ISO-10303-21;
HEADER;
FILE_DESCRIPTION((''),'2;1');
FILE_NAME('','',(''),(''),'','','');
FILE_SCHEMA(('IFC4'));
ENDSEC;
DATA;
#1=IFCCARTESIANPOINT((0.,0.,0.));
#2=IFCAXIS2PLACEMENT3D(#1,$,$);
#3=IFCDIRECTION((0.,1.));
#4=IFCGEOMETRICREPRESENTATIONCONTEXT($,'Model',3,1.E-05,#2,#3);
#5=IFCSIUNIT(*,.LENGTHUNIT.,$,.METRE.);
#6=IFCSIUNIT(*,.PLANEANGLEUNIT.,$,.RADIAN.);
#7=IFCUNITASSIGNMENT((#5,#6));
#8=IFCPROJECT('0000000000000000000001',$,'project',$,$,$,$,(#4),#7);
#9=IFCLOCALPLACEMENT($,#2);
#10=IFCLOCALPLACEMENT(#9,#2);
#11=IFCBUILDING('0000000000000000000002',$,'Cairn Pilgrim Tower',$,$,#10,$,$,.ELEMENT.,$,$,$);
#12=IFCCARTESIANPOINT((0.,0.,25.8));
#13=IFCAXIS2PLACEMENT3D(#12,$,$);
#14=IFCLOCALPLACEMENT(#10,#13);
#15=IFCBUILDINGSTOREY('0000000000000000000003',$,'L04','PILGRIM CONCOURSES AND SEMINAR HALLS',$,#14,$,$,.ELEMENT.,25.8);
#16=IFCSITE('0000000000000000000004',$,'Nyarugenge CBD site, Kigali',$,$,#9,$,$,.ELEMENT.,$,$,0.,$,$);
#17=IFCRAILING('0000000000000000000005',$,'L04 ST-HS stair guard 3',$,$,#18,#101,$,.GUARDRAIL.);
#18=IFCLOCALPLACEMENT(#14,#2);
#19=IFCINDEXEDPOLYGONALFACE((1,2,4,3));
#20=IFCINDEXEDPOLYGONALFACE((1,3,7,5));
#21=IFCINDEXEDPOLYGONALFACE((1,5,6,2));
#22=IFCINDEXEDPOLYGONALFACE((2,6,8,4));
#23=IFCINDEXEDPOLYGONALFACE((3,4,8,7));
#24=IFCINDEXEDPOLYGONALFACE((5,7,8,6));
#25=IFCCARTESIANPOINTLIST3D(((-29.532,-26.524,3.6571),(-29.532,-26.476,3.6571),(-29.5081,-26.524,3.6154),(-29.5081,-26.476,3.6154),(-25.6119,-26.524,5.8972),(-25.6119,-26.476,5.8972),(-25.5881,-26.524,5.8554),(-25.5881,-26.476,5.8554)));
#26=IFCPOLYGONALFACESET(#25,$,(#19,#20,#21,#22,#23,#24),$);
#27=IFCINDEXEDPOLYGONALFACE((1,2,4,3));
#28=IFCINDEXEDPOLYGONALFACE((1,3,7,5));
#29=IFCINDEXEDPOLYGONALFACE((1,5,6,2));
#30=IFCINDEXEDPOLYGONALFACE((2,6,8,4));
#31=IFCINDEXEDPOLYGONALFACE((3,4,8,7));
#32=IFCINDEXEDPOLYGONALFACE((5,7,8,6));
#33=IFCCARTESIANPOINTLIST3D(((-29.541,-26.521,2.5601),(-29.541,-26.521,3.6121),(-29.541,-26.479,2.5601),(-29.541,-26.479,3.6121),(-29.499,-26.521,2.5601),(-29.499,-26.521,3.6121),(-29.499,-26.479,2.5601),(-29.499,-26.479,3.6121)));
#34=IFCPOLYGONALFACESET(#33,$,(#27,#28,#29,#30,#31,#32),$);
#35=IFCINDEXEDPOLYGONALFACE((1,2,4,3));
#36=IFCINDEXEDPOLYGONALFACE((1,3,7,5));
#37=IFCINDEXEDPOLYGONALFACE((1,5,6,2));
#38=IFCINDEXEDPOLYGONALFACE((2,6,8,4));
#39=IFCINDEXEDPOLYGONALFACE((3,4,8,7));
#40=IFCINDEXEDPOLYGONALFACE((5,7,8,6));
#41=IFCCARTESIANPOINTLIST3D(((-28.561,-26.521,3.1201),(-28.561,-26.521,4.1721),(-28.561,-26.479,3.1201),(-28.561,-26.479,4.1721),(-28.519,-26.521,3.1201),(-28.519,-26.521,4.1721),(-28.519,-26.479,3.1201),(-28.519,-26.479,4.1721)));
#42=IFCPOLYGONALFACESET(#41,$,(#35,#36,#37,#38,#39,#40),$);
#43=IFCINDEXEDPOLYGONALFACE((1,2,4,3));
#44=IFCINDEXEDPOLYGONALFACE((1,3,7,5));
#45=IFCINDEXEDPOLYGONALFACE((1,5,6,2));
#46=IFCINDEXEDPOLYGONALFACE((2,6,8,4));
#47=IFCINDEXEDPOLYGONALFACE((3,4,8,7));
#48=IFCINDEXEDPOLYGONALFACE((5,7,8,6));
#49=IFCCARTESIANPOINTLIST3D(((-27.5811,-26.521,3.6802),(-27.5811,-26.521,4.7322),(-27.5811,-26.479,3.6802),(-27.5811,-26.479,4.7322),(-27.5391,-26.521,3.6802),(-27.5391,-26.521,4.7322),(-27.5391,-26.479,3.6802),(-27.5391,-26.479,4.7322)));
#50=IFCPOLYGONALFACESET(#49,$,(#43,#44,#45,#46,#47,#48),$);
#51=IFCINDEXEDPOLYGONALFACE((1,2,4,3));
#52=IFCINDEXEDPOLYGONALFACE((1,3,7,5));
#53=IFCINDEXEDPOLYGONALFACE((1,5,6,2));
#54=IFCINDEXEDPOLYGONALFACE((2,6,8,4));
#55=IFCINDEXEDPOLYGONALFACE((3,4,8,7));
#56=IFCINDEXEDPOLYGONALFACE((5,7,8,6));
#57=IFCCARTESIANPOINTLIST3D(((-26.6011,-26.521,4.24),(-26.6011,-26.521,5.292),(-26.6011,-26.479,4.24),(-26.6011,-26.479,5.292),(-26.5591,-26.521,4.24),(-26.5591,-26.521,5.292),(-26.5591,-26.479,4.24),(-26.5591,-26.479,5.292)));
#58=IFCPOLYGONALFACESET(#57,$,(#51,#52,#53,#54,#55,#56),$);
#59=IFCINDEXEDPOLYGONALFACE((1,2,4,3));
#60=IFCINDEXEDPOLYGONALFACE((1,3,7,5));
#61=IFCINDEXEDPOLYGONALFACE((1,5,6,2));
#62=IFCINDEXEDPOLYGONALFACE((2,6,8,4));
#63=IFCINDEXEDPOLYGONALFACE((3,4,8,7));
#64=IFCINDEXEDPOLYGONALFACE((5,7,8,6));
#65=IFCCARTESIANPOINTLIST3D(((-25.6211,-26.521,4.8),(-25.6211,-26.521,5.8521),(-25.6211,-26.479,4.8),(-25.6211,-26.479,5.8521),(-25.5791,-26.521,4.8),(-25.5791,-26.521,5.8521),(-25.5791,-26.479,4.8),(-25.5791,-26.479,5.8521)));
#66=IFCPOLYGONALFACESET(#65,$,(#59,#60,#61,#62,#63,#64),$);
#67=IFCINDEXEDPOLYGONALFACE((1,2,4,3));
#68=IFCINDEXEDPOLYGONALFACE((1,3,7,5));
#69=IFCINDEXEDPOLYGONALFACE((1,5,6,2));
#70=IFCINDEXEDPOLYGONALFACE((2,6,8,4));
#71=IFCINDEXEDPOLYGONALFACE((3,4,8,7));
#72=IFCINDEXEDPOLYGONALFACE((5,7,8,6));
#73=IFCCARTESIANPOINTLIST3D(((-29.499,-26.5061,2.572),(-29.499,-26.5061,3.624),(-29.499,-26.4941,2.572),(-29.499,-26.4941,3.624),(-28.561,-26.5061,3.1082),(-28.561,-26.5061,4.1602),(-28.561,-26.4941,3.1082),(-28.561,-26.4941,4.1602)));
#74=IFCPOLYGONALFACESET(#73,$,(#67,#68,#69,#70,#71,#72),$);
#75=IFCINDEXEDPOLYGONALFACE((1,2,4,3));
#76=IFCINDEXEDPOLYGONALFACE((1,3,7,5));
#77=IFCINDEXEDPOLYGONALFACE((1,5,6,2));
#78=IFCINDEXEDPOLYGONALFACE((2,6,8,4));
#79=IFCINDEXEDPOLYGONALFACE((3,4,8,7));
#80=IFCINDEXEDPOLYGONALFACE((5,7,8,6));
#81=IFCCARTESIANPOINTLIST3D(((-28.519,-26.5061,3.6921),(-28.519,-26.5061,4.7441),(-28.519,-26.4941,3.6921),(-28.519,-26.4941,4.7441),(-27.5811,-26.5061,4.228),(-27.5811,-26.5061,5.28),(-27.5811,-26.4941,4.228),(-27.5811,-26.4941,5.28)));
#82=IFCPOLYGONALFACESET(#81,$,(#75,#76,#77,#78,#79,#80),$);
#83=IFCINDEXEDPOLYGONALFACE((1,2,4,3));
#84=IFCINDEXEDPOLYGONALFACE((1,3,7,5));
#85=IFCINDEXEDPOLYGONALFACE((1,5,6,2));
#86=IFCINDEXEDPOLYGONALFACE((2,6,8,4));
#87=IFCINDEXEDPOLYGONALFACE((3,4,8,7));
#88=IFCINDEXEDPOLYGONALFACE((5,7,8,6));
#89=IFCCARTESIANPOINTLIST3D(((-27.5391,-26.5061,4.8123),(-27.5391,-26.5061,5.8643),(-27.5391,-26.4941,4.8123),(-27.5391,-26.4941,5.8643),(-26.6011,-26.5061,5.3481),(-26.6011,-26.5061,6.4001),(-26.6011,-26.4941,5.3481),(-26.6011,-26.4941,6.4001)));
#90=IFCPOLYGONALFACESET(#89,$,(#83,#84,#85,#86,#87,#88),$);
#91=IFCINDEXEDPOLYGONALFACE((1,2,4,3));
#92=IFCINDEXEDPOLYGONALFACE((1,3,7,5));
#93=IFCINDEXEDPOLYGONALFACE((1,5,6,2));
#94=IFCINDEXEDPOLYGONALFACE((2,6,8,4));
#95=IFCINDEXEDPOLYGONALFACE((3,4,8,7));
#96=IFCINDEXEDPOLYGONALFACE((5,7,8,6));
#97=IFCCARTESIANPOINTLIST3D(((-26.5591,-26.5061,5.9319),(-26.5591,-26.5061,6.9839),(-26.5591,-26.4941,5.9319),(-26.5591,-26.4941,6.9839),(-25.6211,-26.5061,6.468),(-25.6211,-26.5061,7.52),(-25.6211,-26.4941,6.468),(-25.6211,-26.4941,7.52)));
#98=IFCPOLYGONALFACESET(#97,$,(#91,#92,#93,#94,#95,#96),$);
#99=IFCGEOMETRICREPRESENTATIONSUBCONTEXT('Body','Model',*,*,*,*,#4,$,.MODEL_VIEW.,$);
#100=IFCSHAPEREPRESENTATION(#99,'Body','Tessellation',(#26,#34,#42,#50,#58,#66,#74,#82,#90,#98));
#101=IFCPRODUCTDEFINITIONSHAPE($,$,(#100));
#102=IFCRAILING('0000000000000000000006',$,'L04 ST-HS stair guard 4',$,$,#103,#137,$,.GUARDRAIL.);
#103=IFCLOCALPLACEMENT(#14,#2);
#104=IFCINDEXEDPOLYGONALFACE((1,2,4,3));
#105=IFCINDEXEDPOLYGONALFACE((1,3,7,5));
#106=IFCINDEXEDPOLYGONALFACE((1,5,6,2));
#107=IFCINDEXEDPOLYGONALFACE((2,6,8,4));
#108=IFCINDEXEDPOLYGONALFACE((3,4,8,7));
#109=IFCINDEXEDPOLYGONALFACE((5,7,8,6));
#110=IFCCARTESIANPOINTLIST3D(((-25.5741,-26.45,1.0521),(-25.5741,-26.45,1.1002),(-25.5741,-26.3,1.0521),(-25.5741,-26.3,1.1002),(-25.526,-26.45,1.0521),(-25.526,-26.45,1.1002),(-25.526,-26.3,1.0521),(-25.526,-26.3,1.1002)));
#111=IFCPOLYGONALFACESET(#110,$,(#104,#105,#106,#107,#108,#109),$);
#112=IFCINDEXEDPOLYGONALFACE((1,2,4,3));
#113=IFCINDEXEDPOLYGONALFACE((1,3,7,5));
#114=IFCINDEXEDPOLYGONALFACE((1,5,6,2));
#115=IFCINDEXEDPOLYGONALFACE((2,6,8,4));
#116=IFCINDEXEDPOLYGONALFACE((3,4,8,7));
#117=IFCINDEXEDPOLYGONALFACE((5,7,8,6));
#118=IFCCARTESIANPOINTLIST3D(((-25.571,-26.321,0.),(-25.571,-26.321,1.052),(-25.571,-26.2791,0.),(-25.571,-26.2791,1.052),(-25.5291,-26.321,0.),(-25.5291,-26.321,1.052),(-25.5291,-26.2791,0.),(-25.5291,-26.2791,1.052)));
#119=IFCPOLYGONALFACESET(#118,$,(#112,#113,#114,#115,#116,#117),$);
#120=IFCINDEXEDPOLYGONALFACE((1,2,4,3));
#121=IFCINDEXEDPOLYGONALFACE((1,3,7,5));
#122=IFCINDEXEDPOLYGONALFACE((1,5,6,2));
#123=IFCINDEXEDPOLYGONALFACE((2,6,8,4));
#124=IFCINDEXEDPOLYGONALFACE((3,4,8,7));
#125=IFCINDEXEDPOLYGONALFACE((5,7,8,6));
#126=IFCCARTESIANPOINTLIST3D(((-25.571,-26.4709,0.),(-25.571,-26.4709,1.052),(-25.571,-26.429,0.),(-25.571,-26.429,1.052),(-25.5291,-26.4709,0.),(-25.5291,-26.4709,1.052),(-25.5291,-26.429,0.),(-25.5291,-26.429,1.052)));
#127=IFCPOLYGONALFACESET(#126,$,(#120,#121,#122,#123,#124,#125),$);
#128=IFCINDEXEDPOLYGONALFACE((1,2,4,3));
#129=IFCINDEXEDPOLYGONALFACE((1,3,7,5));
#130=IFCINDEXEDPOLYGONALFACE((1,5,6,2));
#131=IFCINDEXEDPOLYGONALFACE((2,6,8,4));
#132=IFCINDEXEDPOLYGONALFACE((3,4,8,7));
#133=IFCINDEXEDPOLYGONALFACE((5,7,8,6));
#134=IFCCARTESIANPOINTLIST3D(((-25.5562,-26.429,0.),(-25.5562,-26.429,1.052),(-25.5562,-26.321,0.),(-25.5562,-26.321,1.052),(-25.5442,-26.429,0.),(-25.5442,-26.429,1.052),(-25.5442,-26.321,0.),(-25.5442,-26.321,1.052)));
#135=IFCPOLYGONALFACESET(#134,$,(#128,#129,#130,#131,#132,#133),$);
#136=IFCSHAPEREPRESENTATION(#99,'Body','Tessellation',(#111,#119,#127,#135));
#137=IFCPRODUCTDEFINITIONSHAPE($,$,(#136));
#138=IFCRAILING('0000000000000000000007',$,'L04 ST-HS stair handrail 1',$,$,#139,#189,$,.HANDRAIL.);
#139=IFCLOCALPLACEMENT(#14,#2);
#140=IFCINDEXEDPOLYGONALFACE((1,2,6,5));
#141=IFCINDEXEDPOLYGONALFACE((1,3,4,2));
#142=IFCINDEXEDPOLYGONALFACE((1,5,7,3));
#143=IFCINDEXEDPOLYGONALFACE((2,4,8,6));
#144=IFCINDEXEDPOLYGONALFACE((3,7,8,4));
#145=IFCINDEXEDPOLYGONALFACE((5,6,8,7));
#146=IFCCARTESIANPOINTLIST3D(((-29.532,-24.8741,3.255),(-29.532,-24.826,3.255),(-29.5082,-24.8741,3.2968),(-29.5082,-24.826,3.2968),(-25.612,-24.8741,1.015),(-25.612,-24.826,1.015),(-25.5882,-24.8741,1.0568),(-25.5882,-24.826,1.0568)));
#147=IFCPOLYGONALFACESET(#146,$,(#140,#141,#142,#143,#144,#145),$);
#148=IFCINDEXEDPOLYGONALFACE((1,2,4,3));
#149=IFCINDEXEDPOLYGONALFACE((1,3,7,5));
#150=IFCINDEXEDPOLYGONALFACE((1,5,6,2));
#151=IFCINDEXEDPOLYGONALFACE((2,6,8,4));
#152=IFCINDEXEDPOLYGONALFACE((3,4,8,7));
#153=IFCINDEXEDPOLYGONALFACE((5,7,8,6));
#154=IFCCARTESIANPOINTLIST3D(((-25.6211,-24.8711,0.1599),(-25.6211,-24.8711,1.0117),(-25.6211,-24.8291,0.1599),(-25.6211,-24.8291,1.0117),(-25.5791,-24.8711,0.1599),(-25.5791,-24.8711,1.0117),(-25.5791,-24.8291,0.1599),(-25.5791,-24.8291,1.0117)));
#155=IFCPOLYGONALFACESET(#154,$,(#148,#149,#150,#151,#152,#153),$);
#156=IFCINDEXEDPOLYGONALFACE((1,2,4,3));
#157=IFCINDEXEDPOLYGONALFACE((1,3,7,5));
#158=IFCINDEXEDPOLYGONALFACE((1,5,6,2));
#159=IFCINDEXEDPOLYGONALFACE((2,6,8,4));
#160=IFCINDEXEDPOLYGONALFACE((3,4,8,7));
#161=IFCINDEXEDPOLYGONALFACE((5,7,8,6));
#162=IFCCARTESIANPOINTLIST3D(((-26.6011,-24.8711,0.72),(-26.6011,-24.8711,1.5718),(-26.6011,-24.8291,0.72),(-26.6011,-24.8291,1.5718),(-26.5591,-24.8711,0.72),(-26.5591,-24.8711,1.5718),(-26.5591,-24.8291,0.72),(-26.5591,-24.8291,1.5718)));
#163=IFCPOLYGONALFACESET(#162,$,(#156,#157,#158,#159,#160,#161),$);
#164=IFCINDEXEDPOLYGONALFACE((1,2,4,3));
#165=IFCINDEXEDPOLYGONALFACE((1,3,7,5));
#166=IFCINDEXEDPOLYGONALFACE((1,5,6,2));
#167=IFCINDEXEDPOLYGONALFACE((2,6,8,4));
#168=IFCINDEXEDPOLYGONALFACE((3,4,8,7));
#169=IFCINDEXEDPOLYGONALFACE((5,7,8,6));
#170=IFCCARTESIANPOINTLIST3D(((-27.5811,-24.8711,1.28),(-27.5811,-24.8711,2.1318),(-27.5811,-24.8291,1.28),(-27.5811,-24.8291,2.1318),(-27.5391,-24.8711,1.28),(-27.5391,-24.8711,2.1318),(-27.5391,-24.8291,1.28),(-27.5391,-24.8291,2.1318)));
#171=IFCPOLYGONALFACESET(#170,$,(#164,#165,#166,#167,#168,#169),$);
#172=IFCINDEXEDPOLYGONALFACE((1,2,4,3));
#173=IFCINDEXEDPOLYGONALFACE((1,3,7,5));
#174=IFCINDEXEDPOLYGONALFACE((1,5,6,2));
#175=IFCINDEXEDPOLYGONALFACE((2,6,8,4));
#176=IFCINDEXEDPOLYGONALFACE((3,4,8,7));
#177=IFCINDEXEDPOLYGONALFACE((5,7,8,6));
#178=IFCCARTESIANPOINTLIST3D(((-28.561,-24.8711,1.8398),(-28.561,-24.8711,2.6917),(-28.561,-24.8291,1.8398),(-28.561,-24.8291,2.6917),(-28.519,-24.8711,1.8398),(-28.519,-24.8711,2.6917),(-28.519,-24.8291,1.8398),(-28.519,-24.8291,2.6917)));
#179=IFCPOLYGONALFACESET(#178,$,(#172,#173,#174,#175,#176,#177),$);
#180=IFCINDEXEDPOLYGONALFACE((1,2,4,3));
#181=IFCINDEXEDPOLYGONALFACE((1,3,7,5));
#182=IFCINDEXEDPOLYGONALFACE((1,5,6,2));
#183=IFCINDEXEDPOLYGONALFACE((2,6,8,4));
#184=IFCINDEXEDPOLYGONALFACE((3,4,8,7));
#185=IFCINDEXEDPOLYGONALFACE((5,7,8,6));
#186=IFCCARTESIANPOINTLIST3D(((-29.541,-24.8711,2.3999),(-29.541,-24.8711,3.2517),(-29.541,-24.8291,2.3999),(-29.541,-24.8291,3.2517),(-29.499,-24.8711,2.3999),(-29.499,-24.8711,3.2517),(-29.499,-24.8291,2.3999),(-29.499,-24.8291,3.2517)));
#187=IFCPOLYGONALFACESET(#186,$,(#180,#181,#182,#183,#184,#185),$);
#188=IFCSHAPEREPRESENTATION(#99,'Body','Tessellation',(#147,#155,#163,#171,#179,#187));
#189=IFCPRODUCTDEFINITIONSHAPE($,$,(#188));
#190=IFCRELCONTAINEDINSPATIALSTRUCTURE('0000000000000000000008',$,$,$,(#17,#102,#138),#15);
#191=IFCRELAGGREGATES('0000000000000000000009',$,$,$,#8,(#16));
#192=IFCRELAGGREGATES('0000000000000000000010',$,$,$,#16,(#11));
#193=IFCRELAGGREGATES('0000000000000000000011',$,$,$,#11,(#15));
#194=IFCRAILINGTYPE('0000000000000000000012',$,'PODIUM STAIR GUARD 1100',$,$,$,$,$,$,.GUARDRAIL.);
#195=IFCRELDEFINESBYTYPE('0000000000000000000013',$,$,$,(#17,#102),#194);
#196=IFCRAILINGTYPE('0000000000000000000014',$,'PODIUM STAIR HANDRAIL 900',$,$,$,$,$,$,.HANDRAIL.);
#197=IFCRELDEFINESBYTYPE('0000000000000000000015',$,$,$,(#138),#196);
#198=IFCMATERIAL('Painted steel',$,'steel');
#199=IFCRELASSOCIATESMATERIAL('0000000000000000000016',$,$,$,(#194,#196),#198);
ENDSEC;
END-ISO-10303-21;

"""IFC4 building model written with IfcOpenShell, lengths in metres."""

from ifc_helpers import new_model, si_unit, direction, frame, origin, origin_2d, place, context, subcontext, project, spatial, polyline, rectangle, outline, extrude, material, type_object, element, save


model = new_model("IFC4")

# Units and contexts
model_context = context("Model", 3, precision=1e-05, world=origin(), true_north=direction((0.0, 1.0)))
body_context = subcontext(model_context, "Body", "Model", "MODEL_VIEW")
ifc_project = project(units=[si_unit("LENGTHUNIT", "METRE"), si_unit("PLANEANGLEUNIT", "RADIAN")], contexts=[model_context])

# Site, building, storey
site_placement = place(None, origin())
site = spatial("IfcSite", under=ifc_project, at=site_placement, Name="Nyarugenge CBD site, Kigali", CompositionType="ELEMENT", RefElevation=0.0)
building_placement = place(site_placement, origin())
building = spatial("IfcBuilding", under=site, at=building_placement, Name="Cairn Pilgrim Tower", CompositionType="ELEMENT")
storey_placement = place(building_placement, frame((0.0, 0.0, 25.8)))
storey = spatial("IfcBuildingStorey", under=building, at=storey_placement, Name="L04", Description="PILGRIM CONCOURSES AND SEMINAR HALLS", CompositionType="ELEMENT", Elevation=25.8)

# Railings
ifc_material_1 = material(Name="Painted steel", Category="steel")
railing_type_1 = type_object("IfcRailingType", Name="PODIUM STAIR GUARD 1100", PredefinedType="GUARDRAIL", material=ifc_material_1)
railing_1_placement = place(storey_placement, frame((-29.52, -26.5, 2.5601)))
element("IfcRailing", 1, at=railing_1_placement, inside=storey, type_object=railing_type_1, Name="L04 ST-HS stair guard 3", PredefinedType="GUARDRAIL", context=body_context, shape_type="SweptSolid", body=[
    extrude(rectangle(XDim=0.0481, YDim=0.0481, at=origin_2d()), frame((0.0, 0.0, 1.0762), z_axis=(0.86824, 0.0, 0.496145), x_axis=(0.0, 1.0, 0.0)), (0.0, 0.0, 1.0), 4.5149),
    extrude(rectangle(XDim=0.042, YDim=0.042, at=origin_2d()), origin(), (0.0, 0.0, 1.0), 1.052),
    extrude(rectangle(XDim=0.042, YDim=0.042, at=origin_2d()), frame((0.98, 0.0, 0.5601)), (0.0, 0.0, 1.0), 1.052),
    extrude(rectangle(XDim=0.042, YDim=0.042, at=origin_2d()), frame((1.96, 0.0, 1.1201)), (0.0, 0.0, 1.0), 1.052),
    extrude(rectangle(XDim=0.042, YDim=0.042, at=origin_2d()), frame((2.9399, 0.0, 1.6799)), (0.0, 0.0, 1.0), 1.052),
    extrude(rectangle(XDim=0.042, YDim=0.042, at=origin_2d()), frame((3.9199, 0.0, 2.24)), (0.0, 0.0, 1.0), 1.052),
    extrude(outline(polyline([(0.021, 0.012), (0.959, 0.5481), (0.959, 1.6001), (0.021, 1.064), (0.021, 0.012)])), frame((0.0, 0.0059, 0.0), z_axis=(0.0, -1.0, 0.0), x_axis=(1.0, 0.0, 0.0)), (0.0, 0.0, 1.0), 0.012),
    extrude(outline(polyline([(0.021, 0.572), (0.959, 1.1079), (0.959, 2.1599), (0.021, 1.624), (0.021, 0.572)])), frame((0.98, 0.0059, 0.5601), z_axis=(0.0, -1.0, 0.0), x_axis=(1.0, 0.0, 0.0)), (0.0, 0.0, 1.0), 0.012),
    extrude(outline(polyline([(0.021, 1.1321), (0.959, 1.668), (0.959, 2.72), (0.021, 2.1841), (0.021, 1.1321)])), frame((1.96, 0.0059, 1.1201), z_axis=(0.0, -1.0, 0.0), x_axis=(1.0, 0.0, 0.0)), (0.0, 0.0, 1.0), 0.012),
    extrude(outline(polyline([(0.021, 1.6919), (0.959, 2.228), (0.959, 3.28), (0.021, 2.7439), (0.021, 1.6919)])), frame((2.9399, 0.0059, 1.6799), z_axis=(0.0, -1.0, 0.0), x_axis=(1.0, 0.0, 0.0)), (0.0, 0.0, 1.0), 0.012),
])
railing_2_placement = place(storey_placement, frame((-25.55, -26.3, 0.0)))
element("IfcRailing", 2, at=railing_2_placement, inside=storey, type_object=railing_type_1, Name="L04 ST-HS stair guard 4", PredefinedType="GUARDRAIL", context=body_context, shape_type="SweptSolid", body=[
    extrude(rectangle(XDim=0.0481, YDim=0.0481, at=origin_2d()), frame((0.0, 0.0, 1.0762), z_axis=(0.0, -1.0, 0.0), x_axis=(1.0, 0.0, 0.0)), (0.0, 0.0, 1.0), 0.1499),
    extrude(rectangle(XDim=0.042, YDim=0.042, at=origin_2d()), origin(), (0.0, 0.0, 1.0), 1.052),
    extrude(rectangle(XDim=0.042, YDim=0.042, at=origin_2d()), frame((0.0, -0.1499, 0.0)), (0.0, 0.0, 1.0), 1.052),
    extrude(outline(polyline([(0.021, 0.0), (0.1289, 0.0), (0.1289, 1.052), (0.021, 1.052), (0.021, 0.0)])), frame((0.0059, 0.0, 0.0), z_axis=(-1.0, 0.0, 0.0), x_axis=(0.0, -1.0, 0.0)), (0.0, 0.0, 1.0), 0.012),
])
railing_type_2 = type_object("IfcRailingType", Name="PODIUM STAIR HANDRAIL 900", PredefinedType="HANDRAIL", material=ifc_material_1)
railing_3_placement = place(storey_placement, frame((-25.6001, -24.8501, 0.1599)))
element("IfcRailing", 3, at=railing_3_placement, inside=storey, type_object=railing_type_2, Name="L04 ST-HS stair handrail 1", PredefinedType="HANDRAIL", context=body_context, shape_type="SweptSolid", body=[
    extrude(rectangle(XDim=0.0481, YDim=0.0481, at=origin_2d()), frame((0.0, 0.0, 0.876), z_axis=(-0.86824, 0.0, 0.496145), x_axis=(0.0, -1.0, 0.0)), (0.0, 0.0, 1.0), 4.5149),
    extrude(rectangle(XDim=0.042, YDim=0.042, at=origin_2d()), origin(), (0.0, 0.0, 1.0), 0.8518),
    extrude(rectangle(XDim=0.042, YDim=0.042, at=origin_2d()), frame((-0.98, 0.0, 0.5601)), (0.0, 0.0, 1.0), 0.8518),
    extrude(rectangle(XDim=0.042, YDim=0.042, at=origin_2d()), frame((-1.96, 0.0, 1.1201)), (0.0, 0.0, 1.0), 0.8518),
    extrude(rectangle(XDim=0.042, YDim=0.042, at=origin_2d()), frame((-2.9399, 0.0, 1.6799)), (0.0, 0.0, 1.0), 0.8518),
    extrude(rectangle(XDim=0.042, YDim=0.042, at=origin_2d()), frame((-3.9199, 0.0, 2.24)), (0.0, 0.0, 1.0), 0.8518),
])

save(model, "model.ifc")
